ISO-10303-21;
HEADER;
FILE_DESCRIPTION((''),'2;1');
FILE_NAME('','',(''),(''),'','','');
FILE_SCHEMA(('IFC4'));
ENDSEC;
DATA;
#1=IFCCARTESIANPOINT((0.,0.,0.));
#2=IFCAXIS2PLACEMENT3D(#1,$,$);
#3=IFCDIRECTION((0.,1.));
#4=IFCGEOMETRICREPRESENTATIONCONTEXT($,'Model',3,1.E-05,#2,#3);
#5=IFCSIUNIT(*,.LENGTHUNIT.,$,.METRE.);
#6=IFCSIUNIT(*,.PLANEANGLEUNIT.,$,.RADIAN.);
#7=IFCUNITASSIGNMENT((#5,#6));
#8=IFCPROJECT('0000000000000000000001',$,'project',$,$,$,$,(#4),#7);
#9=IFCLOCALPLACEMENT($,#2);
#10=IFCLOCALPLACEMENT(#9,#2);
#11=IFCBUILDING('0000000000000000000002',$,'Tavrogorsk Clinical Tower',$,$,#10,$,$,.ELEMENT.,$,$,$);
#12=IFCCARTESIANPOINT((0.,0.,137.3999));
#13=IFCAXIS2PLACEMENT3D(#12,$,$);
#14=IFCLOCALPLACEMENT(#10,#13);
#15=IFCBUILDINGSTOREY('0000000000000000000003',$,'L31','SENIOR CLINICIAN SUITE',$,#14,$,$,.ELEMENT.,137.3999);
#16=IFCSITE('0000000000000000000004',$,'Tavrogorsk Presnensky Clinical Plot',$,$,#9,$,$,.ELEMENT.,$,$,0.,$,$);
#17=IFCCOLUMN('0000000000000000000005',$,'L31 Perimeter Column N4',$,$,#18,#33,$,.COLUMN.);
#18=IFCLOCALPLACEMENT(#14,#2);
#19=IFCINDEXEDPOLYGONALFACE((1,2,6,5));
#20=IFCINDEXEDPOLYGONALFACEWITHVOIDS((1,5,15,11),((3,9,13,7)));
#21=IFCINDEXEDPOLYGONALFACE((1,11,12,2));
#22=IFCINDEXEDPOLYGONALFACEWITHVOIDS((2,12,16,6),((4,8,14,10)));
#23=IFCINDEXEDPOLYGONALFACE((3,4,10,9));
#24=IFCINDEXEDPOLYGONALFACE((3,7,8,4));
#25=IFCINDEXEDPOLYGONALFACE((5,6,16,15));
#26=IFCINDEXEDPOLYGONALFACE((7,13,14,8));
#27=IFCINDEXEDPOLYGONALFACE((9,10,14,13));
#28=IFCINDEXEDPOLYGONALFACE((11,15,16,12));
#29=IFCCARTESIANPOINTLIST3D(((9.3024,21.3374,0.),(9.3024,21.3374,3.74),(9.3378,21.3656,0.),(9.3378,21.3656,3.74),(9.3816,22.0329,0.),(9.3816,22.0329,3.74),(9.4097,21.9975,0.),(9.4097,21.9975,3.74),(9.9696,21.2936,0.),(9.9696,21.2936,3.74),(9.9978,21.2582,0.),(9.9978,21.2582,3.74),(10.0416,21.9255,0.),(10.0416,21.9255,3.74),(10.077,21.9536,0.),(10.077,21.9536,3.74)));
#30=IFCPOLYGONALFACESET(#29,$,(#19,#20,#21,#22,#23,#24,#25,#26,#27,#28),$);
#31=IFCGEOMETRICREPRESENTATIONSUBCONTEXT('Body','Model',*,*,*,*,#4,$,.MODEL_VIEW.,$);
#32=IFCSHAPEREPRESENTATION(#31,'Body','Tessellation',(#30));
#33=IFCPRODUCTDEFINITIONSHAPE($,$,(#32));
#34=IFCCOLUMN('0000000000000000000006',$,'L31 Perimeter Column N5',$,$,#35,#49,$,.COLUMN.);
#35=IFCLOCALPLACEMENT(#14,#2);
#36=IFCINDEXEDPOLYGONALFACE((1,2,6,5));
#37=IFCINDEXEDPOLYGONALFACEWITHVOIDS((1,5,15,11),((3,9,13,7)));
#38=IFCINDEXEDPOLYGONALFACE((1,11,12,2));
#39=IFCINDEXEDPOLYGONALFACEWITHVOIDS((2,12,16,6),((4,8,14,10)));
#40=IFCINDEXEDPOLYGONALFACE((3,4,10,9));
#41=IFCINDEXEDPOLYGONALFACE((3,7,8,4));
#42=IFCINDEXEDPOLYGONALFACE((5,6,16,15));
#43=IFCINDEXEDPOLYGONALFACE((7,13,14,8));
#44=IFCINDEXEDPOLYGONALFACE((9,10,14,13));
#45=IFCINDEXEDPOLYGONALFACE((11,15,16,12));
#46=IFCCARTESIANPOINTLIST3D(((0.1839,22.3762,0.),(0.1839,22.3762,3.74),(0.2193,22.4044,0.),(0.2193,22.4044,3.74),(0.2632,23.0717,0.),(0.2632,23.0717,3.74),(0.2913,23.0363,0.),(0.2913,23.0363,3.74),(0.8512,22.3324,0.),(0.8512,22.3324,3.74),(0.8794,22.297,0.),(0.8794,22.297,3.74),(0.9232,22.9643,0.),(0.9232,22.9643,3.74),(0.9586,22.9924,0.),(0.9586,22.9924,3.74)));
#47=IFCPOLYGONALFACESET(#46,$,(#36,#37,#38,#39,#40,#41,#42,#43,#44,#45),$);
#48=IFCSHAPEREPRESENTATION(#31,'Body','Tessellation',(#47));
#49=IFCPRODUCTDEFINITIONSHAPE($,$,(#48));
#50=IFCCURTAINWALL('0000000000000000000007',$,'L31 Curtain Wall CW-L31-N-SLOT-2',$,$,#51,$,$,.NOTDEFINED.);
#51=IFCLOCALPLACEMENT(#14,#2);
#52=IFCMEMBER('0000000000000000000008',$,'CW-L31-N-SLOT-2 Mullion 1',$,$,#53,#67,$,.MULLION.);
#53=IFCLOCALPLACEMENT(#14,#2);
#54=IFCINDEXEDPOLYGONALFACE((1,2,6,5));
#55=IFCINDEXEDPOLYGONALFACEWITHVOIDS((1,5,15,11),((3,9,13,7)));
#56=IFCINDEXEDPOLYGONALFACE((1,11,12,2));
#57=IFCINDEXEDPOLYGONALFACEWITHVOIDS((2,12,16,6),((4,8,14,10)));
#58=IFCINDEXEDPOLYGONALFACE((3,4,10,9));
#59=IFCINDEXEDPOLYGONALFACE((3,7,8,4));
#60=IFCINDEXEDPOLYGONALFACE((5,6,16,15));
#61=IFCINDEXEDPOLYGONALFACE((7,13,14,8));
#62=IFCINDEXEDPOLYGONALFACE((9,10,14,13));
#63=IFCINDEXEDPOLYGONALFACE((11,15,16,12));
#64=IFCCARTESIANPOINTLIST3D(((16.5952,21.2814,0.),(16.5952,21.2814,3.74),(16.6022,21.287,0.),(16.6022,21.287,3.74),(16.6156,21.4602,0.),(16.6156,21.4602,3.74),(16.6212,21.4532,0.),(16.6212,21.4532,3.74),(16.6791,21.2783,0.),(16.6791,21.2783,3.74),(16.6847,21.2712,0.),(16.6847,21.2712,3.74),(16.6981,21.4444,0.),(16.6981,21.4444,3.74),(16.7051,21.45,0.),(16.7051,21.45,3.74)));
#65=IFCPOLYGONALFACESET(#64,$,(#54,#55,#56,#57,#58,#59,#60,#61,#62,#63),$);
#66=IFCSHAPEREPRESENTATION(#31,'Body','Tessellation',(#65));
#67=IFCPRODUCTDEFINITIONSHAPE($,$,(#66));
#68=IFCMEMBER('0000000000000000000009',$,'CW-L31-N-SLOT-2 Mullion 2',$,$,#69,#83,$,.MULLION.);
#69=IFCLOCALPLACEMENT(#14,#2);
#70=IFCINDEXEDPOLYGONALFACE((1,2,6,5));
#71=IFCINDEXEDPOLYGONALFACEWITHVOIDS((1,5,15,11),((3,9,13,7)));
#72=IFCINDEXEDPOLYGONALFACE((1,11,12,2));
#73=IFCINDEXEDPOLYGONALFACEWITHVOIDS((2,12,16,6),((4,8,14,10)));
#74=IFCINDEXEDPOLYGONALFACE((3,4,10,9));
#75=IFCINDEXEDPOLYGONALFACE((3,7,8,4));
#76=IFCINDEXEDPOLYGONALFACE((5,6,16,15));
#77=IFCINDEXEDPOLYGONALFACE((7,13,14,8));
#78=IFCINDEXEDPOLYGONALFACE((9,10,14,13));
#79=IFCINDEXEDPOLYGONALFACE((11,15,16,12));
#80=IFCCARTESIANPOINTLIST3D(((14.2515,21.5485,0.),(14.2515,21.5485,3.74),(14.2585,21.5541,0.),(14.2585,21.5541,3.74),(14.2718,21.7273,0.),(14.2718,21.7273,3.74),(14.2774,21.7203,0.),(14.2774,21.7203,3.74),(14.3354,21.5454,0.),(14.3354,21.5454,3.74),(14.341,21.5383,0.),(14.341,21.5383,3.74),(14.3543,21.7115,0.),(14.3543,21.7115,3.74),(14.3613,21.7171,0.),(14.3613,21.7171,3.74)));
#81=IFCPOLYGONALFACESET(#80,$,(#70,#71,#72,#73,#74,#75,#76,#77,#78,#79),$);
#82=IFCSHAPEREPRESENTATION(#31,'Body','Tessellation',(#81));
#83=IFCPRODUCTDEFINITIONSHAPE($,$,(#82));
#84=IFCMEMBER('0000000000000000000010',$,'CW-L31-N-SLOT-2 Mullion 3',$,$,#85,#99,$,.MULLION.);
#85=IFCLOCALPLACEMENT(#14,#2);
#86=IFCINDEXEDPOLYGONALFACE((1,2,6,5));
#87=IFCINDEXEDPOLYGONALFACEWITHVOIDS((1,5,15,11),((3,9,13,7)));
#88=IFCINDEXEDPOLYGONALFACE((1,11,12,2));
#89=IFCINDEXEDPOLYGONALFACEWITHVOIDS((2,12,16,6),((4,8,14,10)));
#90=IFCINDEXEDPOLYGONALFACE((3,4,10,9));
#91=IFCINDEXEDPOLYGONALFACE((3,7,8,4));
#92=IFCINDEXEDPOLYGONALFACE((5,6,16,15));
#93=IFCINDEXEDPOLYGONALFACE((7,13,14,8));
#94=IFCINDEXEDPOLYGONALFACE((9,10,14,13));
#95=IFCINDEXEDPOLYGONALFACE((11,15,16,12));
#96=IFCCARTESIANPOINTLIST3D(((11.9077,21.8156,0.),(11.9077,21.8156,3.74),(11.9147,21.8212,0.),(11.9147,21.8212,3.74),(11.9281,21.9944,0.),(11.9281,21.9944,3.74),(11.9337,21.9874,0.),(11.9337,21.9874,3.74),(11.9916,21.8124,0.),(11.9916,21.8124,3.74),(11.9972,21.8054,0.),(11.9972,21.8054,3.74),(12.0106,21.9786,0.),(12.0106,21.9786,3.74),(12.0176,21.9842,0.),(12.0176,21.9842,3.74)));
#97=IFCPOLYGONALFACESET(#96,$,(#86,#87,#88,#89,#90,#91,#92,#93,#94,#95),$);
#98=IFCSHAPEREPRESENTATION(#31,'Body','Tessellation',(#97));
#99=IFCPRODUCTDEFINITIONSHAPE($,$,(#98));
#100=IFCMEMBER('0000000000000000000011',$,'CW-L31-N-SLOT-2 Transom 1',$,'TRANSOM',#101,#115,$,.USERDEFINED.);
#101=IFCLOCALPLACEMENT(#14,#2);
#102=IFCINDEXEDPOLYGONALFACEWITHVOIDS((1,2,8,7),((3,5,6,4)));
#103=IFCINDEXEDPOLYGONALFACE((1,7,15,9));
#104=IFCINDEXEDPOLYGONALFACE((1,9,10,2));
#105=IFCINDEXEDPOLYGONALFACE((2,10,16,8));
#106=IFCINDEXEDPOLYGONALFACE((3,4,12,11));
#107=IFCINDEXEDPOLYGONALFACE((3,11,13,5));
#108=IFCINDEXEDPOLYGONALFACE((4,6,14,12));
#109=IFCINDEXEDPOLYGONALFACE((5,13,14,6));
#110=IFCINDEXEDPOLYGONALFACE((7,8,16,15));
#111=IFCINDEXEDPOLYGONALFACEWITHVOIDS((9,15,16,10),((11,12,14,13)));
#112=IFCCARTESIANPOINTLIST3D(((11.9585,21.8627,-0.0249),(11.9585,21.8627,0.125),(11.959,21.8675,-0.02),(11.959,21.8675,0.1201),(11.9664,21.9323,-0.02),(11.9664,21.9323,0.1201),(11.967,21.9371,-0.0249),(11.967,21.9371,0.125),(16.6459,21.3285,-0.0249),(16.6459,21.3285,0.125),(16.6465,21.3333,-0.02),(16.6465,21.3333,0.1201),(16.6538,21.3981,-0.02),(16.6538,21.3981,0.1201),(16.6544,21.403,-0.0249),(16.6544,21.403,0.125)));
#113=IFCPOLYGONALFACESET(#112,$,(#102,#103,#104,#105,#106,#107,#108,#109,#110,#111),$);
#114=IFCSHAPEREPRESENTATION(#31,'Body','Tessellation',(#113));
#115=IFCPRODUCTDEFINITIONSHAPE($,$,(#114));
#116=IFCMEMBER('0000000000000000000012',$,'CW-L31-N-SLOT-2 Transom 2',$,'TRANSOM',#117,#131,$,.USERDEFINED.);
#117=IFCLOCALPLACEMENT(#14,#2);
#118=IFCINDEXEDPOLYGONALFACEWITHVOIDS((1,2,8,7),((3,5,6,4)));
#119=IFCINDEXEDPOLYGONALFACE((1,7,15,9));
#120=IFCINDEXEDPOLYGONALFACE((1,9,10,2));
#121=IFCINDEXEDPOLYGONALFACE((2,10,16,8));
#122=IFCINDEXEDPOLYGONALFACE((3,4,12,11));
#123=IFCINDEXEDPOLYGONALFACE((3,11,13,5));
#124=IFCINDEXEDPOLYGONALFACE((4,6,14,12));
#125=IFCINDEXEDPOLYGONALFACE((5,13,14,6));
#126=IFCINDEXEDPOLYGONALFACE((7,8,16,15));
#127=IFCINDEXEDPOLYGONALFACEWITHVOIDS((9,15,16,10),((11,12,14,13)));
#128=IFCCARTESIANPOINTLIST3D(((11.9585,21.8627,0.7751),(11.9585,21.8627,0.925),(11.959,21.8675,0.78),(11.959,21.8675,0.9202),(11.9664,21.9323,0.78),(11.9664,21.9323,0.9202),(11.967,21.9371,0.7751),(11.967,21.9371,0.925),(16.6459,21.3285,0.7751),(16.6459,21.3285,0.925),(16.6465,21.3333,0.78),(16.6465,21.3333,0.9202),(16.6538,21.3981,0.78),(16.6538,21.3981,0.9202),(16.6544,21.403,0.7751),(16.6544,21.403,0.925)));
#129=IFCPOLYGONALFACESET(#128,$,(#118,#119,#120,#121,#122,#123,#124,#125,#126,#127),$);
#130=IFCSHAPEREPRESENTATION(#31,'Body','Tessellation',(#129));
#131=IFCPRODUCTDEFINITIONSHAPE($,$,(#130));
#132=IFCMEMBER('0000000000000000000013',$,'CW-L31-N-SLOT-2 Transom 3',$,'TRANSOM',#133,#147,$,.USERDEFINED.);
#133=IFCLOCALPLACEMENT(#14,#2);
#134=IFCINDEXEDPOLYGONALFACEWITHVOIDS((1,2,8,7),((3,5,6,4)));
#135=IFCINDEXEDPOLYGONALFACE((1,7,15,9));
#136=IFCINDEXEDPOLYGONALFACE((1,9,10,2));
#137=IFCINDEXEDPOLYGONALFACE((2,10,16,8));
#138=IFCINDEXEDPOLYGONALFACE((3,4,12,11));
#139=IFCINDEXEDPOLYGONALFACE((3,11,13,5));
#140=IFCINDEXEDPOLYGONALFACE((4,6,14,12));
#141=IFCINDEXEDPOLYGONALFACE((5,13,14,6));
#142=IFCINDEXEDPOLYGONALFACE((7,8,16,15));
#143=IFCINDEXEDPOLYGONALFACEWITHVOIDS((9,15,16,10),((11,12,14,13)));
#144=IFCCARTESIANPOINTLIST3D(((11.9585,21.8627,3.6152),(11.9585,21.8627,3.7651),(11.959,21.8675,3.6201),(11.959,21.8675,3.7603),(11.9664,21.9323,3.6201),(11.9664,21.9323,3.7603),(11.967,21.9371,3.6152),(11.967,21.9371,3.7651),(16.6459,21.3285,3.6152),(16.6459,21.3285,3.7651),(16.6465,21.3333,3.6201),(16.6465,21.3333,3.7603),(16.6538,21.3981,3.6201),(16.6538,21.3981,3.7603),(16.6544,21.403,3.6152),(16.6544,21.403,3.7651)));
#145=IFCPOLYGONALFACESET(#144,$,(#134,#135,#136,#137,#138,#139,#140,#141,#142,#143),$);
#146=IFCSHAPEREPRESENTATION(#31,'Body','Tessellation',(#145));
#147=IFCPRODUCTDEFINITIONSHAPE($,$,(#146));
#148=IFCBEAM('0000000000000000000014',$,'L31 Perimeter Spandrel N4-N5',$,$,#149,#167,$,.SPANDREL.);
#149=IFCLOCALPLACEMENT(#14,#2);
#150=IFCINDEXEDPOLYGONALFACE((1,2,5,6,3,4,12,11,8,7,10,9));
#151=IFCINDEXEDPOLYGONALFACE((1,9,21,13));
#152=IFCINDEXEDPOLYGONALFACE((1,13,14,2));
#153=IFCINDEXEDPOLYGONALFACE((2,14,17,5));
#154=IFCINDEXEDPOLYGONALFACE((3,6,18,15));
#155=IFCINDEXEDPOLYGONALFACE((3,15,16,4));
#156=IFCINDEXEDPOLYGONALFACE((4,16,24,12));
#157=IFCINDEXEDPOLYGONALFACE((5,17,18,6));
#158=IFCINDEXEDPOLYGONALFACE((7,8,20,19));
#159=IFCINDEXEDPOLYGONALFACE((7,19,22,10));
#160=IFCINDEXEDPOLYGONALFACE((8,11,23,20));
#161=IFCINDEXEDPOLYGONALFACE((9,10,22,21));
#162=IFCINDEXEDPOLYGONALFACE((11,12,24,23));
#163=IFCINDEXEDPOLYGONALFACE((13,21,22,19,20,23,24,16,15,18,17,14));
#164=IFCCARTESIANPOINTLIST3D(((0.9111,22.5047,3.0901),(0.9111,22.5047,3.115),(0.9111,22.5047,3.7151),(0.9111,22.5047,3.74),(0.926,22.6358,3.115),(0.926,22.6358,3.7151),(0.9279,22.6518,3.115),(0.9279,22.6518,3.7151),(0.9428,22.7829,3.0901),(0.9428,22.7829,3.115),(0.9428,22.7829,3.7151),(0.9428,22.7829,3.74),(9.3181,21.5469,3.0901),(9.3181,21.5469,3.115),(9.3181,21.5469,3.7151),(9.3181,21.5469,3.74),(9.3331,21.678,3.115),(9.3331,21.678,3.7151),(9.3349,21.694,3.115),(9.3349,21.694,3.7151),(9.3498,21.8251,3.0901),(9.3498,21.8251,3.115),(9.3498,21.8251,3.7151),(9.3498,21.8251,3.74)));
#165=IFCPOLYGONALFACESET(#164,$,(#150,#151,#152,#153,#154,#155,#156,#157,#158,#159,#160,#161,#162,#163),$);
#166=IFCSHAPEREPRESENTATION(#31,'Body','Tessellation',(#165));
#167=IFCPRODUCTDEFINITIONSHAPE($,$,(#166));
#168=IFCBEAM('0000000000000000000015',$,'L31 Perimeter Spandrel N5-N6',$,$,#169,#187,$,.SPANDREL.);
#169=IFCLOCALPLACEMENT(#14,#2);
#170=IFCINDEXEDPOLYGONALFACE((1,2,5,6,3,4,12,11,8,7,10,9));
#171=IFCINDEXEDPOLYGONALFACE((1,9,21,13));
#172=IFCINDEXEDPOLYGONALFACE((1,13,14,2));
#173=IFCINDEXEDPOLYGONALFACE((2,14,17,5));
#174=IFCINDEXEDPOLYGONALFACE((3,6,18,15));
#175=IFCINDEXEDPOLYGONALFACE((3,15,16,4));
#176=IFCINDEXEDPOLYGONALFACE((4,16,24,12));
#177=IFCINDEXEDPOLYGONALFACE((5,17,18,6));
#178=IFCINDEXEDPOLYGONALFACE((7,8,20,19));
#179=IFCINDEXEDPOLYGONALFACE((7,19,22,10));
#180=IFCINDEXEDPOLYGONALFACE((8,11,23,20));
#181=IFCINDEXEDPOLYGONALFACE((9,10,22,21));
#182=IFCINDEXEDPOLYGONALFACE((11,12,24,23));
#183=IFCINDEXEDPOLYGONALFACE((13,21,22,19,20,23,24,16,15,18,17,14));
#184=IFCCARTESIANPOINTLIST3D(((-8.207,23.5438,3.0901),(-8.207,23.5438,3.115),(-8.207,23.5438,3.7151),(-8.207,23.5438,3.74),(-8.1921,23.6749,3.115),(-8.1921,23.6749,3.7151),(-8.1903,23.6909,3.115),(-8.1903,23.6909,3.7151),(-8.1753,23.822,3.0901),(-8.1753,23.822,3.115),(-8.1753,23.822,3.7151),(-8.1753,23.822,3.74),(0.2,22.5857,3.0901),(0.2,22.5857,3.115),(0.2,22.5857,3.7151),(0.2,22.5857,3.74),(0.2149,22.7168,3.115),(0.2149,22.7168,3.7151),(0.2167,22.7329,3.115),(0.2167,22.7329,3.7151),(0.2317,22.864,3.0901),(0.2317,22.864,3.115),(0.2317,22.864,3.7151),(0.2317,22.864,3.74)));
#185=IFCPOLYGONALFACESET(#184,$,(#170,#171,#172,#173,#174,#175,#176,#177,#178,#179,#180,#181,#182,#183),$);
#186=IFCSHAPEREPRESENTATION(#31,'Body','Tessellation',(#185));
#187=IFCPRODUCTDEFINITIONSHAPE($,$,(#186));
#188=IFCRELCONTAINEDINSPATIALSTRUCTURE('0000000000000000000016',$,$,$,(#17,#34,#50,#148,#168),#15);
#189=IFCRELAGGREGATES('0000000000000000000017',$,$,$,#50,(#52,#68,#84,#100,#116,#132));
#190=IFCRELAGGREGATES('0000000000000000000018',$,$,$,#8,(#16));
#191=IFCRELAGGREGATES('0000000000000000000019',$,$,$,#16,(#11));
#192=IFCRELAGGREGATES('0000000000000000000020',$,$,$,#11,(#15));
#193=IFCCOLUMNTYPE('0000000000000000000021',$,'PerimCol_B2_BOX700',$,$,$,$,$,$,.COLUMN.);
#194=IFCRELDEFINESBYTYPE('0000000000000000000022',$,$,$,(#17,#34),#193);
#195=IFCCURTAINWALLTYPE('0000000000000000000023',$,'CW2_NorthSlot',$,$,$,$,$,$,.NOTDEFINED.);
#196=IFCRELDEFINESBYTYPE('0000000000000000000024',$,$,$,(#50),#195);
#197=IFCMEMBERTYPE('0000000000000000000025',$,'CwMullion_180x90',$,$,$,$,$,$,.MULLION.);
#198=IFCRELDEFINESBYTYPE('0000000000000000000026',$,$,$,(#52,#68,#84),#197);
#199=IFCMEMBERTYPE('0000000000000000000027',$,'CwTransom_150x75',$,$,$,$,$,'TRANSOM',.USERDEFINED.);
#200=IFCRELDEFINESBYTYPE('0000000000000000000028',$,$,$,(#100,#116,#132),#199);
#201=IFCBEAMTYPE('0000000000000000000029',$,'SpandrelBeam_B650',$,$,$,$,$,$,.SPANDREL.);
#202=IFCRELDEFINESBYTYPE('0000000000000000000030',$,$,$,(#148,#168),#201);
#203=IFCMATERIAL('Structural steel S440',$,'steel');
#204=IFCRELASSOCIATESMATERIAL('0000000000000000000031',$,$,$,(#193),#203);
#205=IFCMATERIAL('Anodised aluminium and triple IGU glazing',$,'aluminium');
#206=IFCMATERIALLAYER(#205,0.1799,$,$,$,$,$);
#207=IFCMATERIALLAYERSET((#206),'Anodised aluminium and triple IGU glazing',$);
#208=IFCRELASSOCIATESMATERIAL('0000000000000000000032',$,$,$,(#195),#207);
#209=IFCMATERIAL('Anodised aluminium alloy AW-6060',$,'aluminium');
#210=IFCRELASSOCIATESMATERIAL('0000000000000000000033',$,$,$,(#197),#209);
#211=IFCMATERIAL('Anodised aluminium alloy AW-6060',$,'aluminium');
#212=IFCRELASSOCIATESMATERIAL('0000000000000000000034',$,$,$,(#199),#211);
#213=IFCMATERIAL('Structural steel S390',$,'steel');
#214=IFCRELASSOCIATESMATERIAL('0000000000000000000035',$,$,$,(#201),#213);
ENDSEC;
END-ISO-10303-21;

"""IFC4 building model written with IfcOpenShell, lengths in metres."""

from ifc_helpers import new_model, si_unit, direction, frame, origin, origin_2d, place, context, subcontext, project, spatial, hollow_rectangle, i_section, extrude, material, layer, layer_set, material_profile, profile_set, type_object, element, aggregate, save


model = new_model("IFC4")

# Units and contexts
model_context = context("Model", 3, precision=1e-05, world=origin(), true_north=direction((0.0, 1.0)))
body_context = subcontext(model_context, "Body", "Model", "MODEL_VIEW")
ifc_project = project(units=[si_unit("LENGTHUNIT", "METRE"), si_unit("PLANEANGLEUNIT", "RADIAN")], contexts=[model_context])

# Site, building, storey
site_placement = place(None, origin())
site = spatial("IfcSite", under=ifc_project, at=site_placement, Name="Tavrogorsk Presnensky Clinical Plot", CompositionType="ELEMENT", RefElevation=0.0)
building_placement = place(site_placement, origin())
building = spatial("IfcBuilding", under=site, at=building_placement, Name="Tavrogorsk Clinical Tower", CompositionType="ELEMENT")
storey_placement = place(building_placement, frame((0.0, 0.0, 137.3999)))
storey = spatial("IfcBuildingStorey", under=building, at=storey_placement, Name="L31", Description="SENIOR CLINICIAN SUITE", CompositionType="ELEMENT", Elevation=137.3999)

# Columns
ifc_material_1 = material(Name="Structural steel S440", Category="steel")
ifc_material_profile_1 = material_profile(ifc_material_1, hollow_rectangle(XDim=0.7, YDim=0.7, WallThickness=0.032, at=origin_2d()), Name="BOX-700x700x32")
ifc_profile_set_1 = profile_set([ifc_material_profile_1], Name="Structural steel S440")
column_type = type_object("IfcColumnType", Name="PerimCol_B2_BOX700", PredefinedType="COLUMN", material=ifc_profile_set_1)
for number, where, z_axis, x_axis, name in (
    (1, (9.6897, 21.6455, 0.0), (0.0, 0.0, 1.0), (0.993572, -0.113203, 0.0), "L31 Perimeter Column N4"),
    (2, (0.5713, 22.6843, 0.0), (0.0, 0.0, 1.0), (0.993572, -0.113203, 0.0), "L31 Perimeter Column N5"),
):
    element("IfcColumn", number, at=place(storey_placement, frame(where, z_axis=z_axis, x_axis=x_axis)), inside=storey, type_object=column_type, Name=name, PredefinedType="COLUMN", context=body_context, shape_type="SweptSolid", body=[
        extrude(hollow_rectangle(XDim=0.7, YDim=0.7, WallThickness=0.032, at=origin_2d()), origin(), (0.0, 0.0, 1.0), 3.74),
    ])

# Curtain wall, members
ifc_material_2 = material(Name="Anodised aluminium and triple IGU glazing", Category="aluminium")
ifc_layer_1 = layer(ifc_material_2, 0.1799)
ifc_layer_set_1 = layer_set([ifc_layer_1], Name="Anodised aluminium and triple IGU glazing")
curtain_wall_type = type_object("IfcCurtainWallType", Name="CW2_NorthSlot", PredefinedType="NOTDEFINED", material=ifc_layer_set_1)
curtain_wall_placement = place(storey_placement, origin())
curtain_wall = element("IfcCurtainWall", 3, at=curtain_wall_placement, inside=storey, type_object=curtain_wall_type, Name="L31 Curtain Wall CW-L31-N-SLOT-2", PredefinedType="NOTDEFINED")
ifc_material_3 = material(Name="Anodised aluminium alloy AW-6060", Category="aluminium")
ifc_material_profile_2 = material_profile(ifc_material_3, hollow_rectangle(XDim=0.0901, YDim=0.1799, WallThickness=0.0063, at=origin_2d()), Name="RHS-180x90x6.3")
ifc_profile_set_2 = profile_set([ifc_material_profile_2], Name="Anodised aluminium alloy AW-6060")
member_type_1 = type_object("IfcMemberType", Name="CwMullion_180x90", PredefinedType="MULLION", material=ifc_profile_set_2)
member_1_placement = place(storey_placement, frame((16.6501, 21.3657, 0.0), z_axis=(0.0, 0.0, 1.0), x_axis=(-0.993572, 0.113203, 0.0)))
member_1 = element("IfcMember", 4, at=member_1_placement, type_object=member_type_1, Name="CW-L31-N-SLOT-2 Mullion 1", PredefinedType="MULLION", context=body_context, shape_type="SweptSolid", body=[
    extrude(hollow_rectangle(XDim=0.0901, YDim=0.1799, WallThickness=0.0063, at=origin_2d()), origin(), (0.0, 0.0, 1.0), 3.74),
])
member_2_placement = place(storey_placement, frame((14.3064, 21.6328, 0.0), z_axis=(0.0, 0.0, 1.0), x_axis=(-0.993572, 0.113203, 0.0)))
member_2 = element("IfcMember", 5, at=member_2_placement, type_object=member_type_1, Name="CW-L31-N-SLOT-2 Mullion 2", PredefinedType="MULLION", context=body_context, shape_type="SweptSolid", body=[
    extrude(hollow_rectangle(XDim=0.0901, YDim=0.1799, WallThickness=0.0063, at=origin_2d()), origin(), (0.0, 0.0, 1.0), 3.74),
])
member_3_placement = place(storey_placement, frame((11.9626, 21.8999, 0.0), z_axis=(0.0, 0.0, 1.0), x_axis=(-0.993572, 0.113203, 0.0)))
member_3 = element("IfcMember", 6, at=member_3_placement, type_object=member_type_1, Name="CW-L31-N-SLOT-2 Mullion 3", PredefinedType="MULLION", context=body_context, shape_type="SweptSolid", body=[
    extrude(hollow_rectangle(XDim=0.0901, YDim=0.1799, WallThickness=0.0063, at=origin_2d()), origin(), (0.0, 0.0, 1.0), 3.74),
])
ifc_material_4 = material(Name="Anodised aluminium alloy AW-6060", Category="aluminium")
ifc_material_profile_3 = material_profile(ifc_material_4, hollow_rectangle(XDim=0.075, YDim=0.1499, WallThickness=0.0049, at=origin_2d()), Name="RHS-150x75x5")
ifc_profile_set_3 = profile_set([ifc_material_profile_3], Name="Anodised aluminium alloy AW-6060")
member_type_2 = type_object("IfcMemberType", Name="CwTransom_150x75", ElementType="TRANSOM", PredefinedType="USERDEFINED", material=ifc_profile_set_3)
member_4_placement = place(storey_placement, frame((16.6501, 21.3657, 0.05), z_axis=(-0.993569, 0.113226, 0.0), x_axis=(-0.113226, -0.993569, 0.0)))
member_4 = element("IfcMember", 7, at=member_4_placement, type_object=member_type_2, Name="CW-L31-N-SLOT-2 Transom 1", ObjectType="TRANSOM", PredefinedType="USERDEFINED", context=body_context, shape_type="SweptSolid", body=[
    extrude(hollow_rectangle(XDim=0.075, YDim=0.1499, WallThickness=0.0049, at=origin_2d()), origin(), (0.0, 0.0, 1.0), 4.7178),
])
member_5_placement = place(storey_placement, frame((16.6501, 21.3657, 0.8501), z_axis=(-0.993569, 0.113226, 0.0), x_axis=(-0.113226, -0.993569, 0.0)))
member_5 = element("IfcMember", 8, at=member_5_placement, type_object=member_type_2, Name="CW-L31-N-SLOT-2 Transom 2", ObjectType="TRANSOM", PredefinedType="USERDEFINED", context=body_context, shape_type="SweptSolid", body=[
    extrude(hollow_rectangle(XDim=0.075, YDim=0.1499, WallThickness=0.0049, at=origin_2d()), origin(), (0.0, 0.0, 1.0), 4.7178),
])
member_6_placement = place(storey_placement, frame((16.6501, 21.3657, 3.6902), z_axis=(-0.993569, 0.113226, 0.0), x_axis=(-0.113226, -0.993569, 0.0)))
member_6 = element("IfcMember", 9, at=member_6_placement, type_object=member_type_2, Name="CW-L31-N-SLOT-2 Transom 3", ObjectType="TRANSOM", PredefinedType="USERDEFINED", context=body_context, shape_type="SweptSolid", body=[
    extrude(hollow_rectangle(XDim=0.075, YDim=0.1499, WallThickness=0.0049, at=origin_2d()), origin(), (0.0, 0.0, 1.0), 4.7178),
])

# Beams
ifc_material_5 = material(Name="Structural steel S390", Category="steel")
ifc_material_profile_4 = material_profile(ifc_material_5, i_section(OverallWidth=0.28, OverallDepth=0.6499, WebThickness=0.0161, FlangeThickness=0.0249, at=origin_2d()), Name="B-650x280x16x25")
ifc_profile_set_4 = profile_set([ifc_material_profile_4], Name="Structural steel S390")
beam_type = type_object("IfcBeamType", Name="SpandrelBeam_B650", PredefinedType="SPANDREL", material=ifc_profile_set_4)
for number, where, z_axis, x_axis, name in (
    (10, (9.334, 21.686, 3.415), (-0.993573, 0.113193, 0.0), (-0.113193, -0.993573, 0.0), "L31 Perimeter Spandrel N4-N5"),
    (11, (0.2158, 22.7249, 3.415), (-0.99357, 0.113221, 0.0), (-0.113221, -0.99357, 0.0), "L31 Perimeter Spandrel N5-N6"),
):
    element("IfcBeam", number, at=place(storey_placement, frame(where, z_axis=z_axis, x_axis=x_axis)), inside=storey, type_object=beam_type, Name=name, PredefinedType="SPANDREL", context=body_context, shape_type="SweptSolid", body=[
        extrude(i_section(OverallWidth=0.28, OverallDepth=0.6499, WebThickness=0.0161, FlangeThickness=0.0249, at=origin_2d()), origin(), (0.0, 0.0, 1.0), 8.4614),
    ])

aggregate(curtain_wall, [member_1, member_2, member_3, member_4, member_5, member_6])

save(model, "model.ifc")
